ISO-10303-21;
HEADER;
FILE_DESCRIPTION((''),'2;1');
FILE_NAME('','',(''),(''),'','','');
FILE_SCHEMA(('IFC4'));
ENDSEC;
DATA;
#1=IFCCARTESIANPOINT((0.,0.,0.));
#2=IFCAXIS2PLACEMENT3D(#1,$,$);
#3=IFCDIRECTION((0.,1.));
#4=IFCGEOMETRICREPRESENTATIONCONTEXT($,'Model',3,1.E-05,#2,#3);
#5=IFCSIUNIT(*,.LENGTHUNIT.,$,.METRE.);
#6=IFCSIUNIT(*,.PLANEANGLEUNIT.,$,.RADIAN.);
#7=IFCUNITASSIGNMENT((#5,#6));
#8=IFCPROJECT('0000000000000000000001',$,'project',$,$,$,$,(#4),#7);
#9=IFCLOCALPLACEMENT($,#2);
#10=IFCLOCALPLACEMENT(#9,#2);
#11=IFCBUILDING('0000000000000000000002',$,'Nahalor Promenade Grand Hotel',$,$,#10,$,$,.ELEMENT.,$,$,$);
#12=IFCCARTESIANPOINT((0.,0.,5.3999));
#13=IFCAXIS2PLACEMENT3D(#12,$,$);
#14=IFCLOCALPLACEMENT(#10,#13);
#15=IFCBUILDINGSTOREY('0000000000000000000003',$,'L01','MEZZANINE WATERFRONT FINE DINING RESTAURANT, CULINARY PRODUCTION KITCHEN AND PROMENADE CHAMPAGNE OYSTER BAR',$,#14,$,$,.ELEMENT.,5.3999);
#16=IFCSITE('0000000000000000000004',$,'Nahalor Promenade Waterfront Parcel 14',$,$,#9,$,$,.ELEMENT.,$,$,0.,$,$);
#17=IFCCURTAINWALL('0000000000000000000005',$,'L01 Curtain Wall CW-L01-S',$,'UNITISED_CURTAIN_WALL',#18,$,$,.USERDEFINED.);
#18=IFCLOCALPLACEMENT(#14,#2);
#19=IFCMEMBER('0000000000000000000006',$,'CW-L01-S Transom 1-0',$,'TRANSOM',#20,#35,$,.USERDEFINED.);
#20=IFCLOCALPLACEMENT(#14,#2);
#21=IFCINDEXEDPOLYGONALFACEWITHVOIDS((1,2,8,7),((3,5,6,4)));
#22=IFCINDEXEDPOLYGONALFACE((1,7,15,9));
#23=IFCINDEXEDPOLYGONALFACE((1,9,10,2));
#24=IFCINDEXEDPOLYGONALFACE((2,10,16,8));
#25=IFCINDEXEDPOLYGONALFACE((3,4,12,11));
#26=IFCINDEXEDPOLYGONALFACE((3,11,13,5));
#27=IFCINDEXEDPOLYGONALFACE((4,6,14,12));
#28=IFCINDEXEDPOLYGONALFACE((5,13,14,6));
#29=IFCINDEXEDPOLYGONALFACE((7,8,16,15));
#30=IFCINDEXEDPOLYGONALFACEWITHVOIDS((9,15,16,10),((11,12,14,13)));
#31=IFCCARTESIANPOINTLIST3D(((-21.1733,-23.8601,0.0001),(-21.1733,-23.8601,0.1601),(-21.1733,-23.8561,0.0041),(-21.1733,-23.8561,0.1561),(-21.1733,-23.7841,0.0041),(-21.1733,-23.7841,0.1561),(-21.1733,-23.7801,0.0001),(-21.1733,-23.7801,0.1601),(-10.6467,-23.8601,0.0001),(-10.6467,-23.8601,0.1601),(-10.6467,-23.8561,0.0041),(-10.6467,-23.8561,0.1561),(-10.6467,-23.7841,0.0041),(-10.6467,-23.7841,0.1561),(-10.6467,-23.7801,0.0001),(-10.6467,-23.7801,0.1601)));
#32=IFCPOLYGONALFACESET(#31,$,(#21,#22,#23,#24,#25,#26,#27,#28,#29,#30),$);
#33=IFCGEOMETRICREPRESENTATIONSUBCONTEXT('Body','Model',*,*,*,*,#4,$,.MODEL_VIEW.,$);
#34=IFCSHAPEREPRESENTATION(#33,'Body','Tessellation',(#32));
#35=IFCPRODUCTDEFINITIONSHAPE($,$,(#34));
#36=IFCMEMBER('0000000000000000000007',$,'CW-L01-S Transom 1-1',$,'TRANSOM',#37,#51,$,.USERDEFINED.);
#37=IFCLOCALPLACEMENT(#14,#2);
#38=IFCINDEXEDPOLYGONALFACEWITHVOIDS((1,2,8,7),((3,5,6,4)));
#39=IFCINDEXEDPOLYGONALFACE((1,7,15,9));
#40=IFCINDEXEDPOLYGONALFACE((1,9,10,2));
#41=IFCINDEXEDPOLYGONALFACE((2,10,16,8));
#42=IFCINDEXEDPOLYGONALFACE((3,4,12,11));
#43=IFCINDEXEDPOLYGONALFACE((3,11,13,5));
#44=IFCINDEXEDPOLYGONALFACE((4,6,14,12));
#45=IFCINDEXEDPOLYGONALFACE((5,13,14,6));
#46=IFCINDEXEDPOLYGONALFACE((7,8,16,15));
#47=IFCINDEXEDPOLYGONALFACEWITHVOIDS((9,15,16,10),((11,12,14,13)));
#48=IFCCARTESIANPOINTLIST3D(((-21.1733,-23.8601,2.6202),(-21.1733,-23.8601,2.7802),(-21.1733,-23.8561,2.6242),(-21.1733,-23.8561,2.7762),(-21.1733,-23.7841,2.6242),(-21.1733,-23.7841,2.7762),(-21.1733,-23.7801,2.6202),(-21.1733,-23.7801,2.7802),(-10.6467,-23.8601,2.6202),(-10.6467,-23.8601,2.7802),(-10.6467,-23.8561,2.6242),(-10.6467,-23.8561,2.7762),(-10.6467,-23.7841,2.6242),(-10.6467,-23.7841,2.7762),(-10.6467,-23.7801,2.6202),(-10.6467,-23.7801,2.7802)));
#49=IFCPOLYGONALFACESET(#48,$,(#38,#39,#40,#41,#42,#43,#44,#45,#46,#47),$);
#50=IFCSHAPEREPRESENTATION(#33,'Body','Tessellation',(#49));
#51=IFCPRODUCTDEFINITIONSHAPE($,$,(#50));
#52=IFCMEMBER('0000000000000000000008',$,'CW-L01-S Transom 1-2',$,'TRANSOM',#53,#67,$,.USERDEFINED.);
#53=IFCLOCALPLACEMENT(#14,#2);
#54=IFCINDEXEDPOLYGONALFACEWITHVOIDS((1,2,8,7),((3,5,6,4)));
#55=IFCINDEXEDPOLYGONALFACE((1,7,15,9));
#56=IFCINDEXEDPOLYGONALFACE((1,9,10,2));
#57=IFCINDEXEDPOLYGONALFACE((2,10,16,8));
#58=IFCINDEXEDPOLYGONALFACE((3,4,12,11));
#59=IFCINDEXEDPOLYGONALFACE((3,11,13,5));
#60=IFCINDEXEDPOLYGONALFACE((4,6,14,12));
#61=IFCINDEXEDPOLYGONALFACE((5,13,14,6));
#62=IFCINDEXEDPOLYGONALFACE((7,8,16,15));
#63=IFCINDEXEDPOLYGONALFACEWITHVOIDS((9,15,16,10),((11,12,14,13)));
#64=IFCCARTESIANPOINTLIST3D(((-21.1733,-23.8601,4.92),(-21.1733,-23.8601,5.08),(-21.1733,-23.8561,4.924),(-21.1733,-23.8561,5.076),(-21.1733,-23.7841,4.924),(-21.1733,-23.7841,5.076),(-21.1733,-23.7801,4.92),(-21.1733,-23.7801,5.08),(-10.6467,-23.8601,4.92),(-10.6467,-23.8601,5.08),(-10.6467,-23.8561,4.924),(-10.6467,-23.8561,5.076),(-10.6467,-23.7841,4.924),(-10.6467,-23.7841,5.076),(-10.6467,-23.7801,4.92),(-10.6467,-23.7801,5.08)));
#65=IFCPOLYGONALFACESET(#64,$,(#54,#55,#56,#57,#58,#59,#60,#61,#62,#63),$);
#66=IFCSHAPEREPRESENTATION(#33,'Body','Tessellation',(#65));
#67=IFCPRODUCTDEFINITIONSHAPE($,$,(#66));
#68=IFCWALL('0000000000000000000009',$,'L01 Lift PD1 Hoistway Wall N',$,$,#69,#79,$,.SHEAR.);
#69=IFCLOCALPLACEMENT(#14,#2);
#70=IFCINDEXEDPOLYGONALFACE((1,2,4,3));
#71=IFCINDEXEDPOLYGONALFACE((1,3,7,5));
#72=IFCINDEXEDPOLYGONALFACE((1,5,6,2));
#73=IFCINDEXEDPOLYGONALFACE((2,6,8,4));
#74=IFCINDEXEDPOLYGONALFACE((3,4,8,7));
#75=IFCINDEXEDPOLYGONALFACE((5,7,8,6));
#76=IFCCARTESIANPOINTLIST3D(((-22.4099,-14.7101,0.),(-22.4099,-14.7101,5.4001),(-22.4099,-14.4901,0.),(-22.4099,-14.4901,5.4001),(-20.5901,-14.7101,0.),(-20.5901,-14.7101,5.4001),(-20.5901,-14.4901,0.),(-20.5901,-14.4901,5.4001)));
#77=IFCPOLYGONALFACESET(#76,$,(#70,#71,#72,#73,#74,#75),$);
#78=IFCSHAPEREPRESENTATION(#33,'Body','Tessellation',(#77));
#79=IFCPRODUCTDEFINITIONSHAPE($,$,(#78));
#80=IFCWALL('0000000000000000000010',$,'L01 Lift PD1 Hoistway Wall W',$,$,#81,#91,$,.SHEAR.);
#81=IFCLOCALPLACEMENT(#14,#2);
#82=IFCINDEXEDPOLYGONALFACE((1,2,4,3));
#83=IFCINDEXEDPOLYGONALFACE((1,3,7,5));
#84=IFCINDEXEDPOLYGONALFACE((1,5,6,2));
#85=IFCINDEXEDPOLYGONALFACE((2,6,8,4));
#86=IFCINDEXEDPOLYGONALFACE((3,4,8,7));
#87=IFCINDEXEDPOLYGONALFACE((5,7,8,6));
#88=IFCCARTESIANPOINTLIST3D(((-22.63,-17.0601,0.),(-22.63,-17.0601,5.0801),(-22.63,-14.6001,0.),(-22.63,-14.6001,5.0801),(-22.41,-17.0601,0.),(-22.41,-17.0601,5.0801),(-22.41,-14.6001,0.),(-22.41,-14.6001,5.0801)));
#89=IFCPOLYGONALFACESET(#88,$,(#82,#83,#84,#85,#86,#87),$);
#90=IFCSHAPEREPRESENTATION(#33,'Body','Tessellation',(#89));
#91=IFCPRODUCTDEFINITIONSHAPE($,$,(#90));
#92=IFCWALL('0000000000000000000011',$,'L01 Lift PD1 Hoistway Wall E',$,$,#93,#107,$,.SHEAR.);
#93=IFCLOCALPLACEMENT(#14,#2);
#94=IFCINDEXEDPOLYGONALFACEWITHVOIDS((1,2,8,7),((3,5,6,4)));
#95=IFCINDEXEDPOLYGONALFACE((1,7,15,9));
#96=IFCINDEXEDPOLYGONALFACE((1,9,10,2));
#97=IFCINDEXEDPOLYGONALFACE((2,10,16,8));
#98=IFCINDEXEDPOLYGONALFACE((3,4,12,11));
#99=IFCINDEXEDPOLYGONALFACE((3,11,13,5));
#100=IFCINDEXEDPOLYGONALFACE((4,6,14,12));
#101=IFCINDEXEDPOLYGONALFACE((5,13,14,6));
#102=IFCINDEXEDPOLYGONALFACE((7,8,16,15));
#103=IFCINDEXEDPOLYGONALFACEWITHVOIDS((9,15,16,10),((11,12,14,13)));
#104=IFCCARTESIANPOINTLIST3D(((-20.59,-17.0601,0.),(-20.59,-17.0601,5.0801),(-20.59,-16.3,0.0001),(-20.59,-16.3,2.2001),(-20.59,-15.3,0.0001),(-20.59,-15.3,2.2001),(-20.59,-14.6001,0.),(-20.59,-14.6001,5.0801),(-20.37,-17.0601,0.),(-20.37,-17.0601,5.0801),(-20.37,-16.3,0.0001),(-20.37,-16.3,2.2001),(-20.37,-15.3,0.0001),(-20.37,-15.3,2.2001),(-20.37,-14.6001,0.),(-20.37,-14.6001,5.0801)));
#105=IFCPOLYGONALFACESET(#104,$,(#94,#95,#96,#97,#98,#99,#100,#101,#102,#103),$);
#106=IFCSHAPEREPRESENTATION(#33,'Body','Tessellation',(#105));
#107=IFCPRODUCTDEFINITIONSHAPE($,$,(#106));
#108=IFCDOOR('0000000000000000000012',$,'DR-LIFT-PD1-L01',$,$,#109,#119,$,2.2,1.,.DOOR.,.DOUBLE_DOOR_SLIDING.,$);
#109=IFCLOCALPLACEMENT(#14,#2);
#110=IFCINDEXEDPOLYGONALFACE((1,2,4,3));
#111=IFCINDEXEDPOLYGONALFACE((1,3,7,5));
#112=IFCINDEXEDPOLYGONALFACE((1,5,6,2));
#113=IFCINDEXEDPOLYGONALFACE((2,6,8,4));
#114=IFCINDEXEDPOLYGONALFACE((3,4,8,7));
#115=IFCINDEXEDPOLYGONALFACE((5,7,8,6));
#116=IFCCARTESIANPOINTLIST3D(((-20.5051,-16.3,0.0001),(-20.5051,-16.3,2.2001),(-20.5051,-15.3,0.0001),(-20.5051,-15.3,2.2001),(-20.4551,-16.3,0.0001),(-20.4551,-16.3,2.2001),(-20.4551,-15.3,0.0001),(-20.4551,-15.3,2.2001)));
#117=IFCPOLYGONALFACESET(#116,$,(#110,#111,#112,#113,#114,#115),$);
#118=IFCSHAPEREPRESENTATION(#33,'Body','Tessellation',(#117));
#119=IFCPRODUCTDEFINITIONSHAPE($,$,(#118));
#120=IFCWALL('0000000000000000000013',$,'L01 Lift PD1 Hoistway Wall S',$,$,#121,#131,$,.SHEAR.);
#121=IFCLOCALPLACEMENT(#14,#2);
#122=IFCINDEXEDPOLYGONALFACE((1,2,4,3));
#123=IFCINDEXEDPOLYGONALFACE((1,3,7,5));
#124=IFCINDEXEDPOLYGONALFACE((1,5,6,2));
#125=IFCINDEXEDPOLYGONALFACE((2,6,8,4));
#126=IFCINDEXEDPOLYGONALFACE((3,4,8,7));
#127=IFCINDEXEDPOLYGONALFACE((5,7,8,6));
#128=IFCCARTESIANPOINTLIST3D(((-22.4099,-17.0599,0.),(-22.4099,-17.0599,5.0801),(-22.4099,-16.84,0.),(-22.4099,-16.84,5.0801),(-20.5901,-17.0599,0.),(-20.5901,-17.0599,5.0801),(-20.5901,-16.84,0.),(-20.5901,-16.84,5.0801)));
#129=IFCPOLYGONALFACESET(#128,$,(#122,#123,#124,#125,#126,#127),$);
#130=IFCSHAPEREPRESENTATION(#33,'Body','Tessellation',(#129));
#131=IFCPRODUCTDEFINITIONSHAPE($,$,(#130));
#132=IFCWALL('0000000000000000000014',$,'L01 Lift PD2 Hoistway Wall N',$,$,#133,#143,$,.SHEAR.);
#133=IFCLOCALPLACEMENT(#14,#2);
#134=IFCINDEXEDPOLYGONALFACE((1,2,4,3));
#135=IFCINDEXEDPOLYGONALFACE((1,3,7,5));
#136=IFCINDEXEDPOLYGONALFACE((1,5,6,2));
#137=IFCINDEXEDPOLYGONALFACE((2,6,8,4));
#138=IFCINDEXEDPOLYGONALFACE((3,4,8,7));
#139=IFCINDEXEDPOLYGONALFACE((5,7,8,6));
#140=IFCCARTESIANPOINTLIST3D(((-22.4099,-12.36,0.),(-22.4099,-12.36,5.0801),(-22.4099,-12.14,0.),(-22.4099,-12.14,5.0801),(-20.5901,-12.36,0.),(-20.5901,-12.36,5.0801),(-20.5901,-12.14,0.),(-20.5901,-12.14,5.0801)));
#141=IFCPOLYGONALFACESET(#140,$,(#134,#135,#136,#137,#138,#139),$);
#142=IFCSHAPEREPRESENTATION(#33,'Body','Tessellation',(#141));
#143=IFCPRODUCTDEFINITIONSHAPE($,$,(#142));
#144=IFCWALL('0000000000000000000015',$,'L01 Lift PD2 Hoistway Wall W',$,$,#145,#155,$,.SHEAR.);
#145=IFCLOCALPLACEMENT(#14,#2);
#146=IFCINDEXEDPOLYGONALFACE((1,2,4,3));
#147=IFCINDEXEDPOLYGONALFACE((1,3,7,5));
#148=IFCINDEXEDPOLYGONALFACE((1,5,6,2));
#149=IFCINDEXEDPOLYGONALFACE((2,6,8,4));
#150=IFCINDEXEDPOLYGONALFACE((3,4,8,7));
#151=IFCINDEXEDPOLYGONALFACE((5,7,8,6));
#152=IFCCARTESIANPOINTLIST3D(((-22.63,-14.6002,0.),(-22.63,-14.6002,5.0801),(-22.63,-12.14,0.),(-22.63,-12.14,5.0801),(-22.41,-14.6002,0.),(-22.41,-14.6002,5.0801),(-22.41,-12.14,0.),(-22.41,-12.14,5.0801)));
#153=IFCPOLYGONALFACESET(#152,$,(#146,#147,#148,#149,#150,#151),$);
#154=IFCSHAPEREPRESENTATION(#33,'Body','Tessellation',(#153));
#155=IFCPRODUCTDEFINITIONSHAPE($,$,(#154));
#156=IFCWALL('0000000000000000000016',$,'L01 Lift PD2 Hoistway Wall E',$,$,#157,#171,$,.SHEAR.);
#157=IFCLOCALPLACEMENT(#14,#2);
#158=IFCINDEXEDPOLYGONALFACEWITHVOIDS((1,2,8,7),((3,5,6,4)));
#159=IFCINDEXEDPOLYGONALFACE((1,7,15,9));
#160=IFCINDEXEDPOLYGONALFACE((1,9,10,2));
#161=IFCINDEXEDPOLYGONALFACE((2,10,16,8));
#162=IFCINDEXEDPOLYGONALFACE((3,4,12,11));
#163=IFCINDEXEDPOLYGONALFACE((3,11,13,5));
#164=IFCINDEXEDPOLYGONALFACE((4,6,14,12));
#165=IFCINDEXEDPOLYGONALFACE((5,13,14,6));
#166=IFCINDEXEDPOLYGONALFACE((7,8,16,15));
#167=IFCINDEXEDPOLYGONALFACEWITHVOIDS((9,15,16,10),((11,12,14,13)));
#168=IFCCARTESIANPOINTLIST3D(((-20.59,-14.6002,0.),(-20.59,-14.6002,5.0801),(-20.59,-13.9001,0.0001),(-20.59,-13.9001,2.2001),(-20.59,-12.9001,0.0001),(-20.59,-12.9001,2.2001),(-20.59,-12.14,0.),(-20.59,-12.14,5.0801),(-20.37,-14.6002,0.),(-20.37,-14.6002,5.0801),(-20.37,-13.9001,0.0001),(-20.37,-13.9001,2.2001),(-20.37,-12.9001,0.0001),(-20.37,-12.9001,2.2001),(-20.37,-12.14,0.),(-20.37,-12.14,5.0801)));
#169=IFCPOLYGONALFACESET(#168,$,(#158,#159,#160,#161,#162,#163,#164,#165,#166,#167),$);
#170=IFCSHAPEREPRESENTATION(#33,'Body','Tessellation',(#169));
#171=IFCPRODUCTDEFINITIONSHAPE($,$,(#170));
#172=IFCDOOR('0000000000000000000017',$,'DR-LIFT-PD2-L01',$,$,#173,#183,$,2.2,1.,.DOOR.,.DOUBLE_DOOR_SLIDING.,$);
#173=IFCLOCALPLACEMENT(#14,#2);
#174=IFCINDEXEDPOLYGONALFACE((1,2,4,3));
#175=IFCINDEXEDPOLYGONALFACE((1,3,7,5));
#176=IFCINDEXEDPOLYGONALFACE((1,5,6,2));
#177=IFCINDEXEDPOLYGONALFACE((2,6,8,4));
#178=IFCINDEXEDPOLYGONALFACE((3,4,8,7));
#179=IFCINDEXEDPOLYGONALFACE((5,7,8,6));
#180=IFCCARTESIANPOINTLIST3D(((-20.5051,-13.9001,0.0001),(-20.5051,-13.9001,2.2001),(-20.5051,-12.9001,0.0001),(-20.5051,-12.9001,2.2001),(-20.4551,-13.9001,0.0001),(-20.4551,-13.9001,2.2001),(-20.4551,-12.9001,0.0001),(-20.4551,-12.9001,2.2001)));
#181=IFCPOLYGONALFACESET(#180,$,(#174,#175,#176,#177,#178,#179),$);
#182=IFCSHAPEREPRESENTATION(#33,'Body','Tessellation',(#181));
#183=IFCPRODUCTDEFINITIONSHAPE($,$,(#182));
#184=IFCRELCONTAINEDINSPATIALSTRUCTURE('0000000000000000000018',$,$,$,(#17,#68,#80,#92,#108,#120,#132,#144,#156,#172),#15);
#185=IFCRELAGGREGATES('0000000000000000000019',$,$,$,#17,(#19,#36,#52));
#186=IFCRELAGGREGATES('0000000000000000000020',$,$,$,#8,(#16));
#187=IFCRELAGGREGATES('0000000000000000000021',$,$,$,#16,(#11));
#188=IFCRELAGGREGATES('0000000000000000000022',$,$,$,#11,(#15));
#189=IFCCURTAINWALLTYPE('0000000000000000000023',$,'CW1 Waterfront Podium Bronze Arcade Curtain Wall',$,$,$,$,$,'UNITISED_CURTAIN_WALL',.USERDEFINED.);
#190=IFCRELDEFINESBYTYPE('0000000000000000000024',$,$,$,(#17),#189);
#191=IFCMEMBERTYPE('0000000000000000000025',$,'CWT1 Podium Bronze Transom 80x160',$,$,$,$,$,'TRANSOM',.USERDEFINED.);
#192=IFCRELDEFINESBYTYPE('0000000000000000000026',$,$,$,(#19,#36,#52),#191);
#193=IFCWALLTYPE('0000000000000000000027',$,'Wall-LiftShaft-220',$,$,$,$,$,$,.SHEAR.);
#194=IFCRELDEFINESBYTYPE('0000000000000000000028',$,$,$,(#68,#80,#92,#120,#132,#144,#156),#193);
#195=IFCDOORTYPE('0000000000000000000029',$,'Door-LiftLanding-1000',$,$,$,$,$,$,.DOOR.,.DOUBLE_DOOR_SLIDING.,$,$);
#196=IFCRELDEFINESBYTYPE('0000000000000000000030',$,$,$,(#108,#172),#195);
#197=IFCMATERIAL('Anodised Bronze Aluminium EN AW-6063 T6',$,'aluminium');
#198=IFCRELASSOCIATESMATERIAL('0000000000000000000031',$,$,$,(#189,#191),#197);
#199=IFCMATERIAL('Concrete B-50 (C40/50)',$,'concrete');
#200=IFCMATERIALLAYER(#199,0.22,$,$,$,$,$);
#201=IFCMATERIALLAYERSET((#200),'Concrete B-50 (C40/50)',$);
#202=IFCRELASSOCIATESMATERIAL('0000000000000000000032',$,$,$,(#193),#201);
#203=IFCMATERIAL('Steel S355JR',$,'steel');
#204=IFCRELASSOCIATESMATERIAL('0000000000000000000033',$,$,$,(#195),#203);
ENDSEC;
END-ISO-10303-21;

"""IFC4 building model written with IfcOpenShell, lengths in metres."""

from ifc_helpers import new_model, si_unit, direction, frame, frame_2d, origin, origin_2d, place, context, subcontext, project, spatial, rectangle, hollow_rectangle, extrude, source, transform, mapped, material, layer, layer_set, material_profile, profile_set, type_object, element, fill, aggregate, save


model = new_model("IFC4")

# Units and contexts
model_context = context("Model", 3, precision=1e-05, world=origin(), true_north=direction((0.0, 1.0)))
body_context = subcontext(model_context, "Body", "Model", "MODEL_VIEW")
ifc_project = project(units=[si_unit("LENGTHUNIT", "METRE"), si_unit("PLANEANGLEUNIT", "RADIAN")], contexts=[model_context])

# Site, building, storey
site_placement = place(None, origin())
site = spatial("IfcSite", under=ifc_project, at=site_placement, Name="Nahalor Promenade Waterfront Parcel 14", CompositionType="ELEMENT", RefElevation=0.0)
building_placement = place(site_placement, origin())
building = spatial("IfcBuilding", under=site, at=building_placement, Name="Nahalor Promenade Grand Hotel", CompositionType="ELEMENT")
storey_placement = place(building_placement, frame((0.0, 0.0, 5.3999)))
storey = spatial("IfcBuildingStorey", under=building, at=storey_placement, Name="L01", Description="MEZZANINE WATERFRONT FINE DINING RESTAURANT, CULINARY PRODUCTION KITCHEN AND PROMENADE CHAMPAGNE OYSTER BAR", CompositionType="ELEMENT", Elevation=5.3999)

# Shared definitions
ifc_material_1 = material(Name="Steel S355JR", Category="steel")

# Curtain wall, members
ifc_material_2 = material(Name="Anodised Bronze Aluminium EN AW-6063 T6", Category="aluminium")
curtain_wall_type = type_object("IfcCurtainWallType", Name="CW1 Waterfront Podium Bronze Arcade Curtain Wall", ElementType="UNITISED_CURTAIN_WALL", PredefinedType="USERDEFINED", material=ifc_material_2)
curtain_wall_placement = place(storey_placement, origin())
curtain_wall = element("IfcCurtainWall", 1, at=curtain_wall_placement, inside=storey, type_object=curtain_wall_type, Name="L01 Curtain Wall CW-L01-S", ObjectType="UNITISED_CURTAIN_WALL", PredefinedType="USERDEFINED")
ifc_material_profile_1 = material_profile(ifc_material_2, hollow_rectangle(XDim=0.08, YDim=0.16, WallThickness=0.004, at=origin_2d()), Name="CWT 80x160x4")
ifc_profile_set_1 = profile_set([ifc_material_profile_1], Name="Anodised Bronze Aluminium EN AW-6063 T6")
member_type_1 = type_object("IfcMemberType", Name="CWT1 Podium Bronze Transom 80x160", ElementType="TRANSOM", PredefinedType="USERDEFINED", material=ifc_profile_set_1)
shared_shape_1 = source(origin(), body_context, "Body", "SweptSolid", [
    extrude(hollow_rectangle(XDim=0.08, YDim=0.16, WallThickness=0.004, at=origin_2d()), origin(), (0.0, 0.0, 1.0), 10.5266),
])
member_1_placement = place(storey_placement, frame((-21.1733, -23.8201, 0.0801), z_axis=(1.0, 0.0, 0.0), x_axis=(0.0, 1.0, 0.0)))
member_1 = element("IfcMember", 2, at=member_1_placement, type_object=member_type_1, Name="CW-L01-S Transom 1-0", ObjectType="TRANSOM", PredefinedType="USERDEFINED", context=body_context, shape_type="MappedRepresentation", body=[
    mapped(shared_shape_1, transform((0.0, 0.0, 0.0), scale=1.0)),
])
member_2_placement = place(storey_placement, frame((-21.1733, -23.8201, 2.7002), z_axis=(1.0, 0.0, 0.0), x_axis=(0.0, 1.0, 0.0)))
member_2 = element("IfcMember", 3, at=member_2_placement, type_object=member_type_1, Name="CW-L01-S Transom 1-1", ObjectType="TRANSOM", PredefinedType="USERDEFINED", context=body_context, shape_type="MappedRepresentation", body=[
    mapped(shared_shape_1, transform((0.0, 0.0, 0.0), scale=1.0)),
])
member_3_placement = place(storey_placement, frame((-21.1733, -23.8201, 5.0), z_axis=(1.0, 0.0, 0.0), x_axis=(0.0, 1.0, 0.0)))
member_3 = element("IfcMember", 4, at=member_3_placement, type_object=member_type_1, Name="CW-L01-S Transom 1-2", ObjectType="TRANSOM", PredefinedType="USERDEFINED", context=body_context, shape_type="MappedRepresentation", body=[
    mapped(shared_shape_1, transform((0.0, 0.0, 0.0), scale=1.0)),
])
aggregate(curtain_wall, [member_1, member_2, member_3])

# Walls
ifc_material_3 = material(Name="Concrete B-50 (C40/50)", Category="concrete")
ifc_layer_1 = layer(ifc_material_3, 0.22)
ifc_layer_set_1 = layer_set([ifc_layer_1], Name="Concrete B-50 (C40/50)")
wall_type_1 = type_object("IfcWallType", Name="Wall-LiftShaft-220", PredefinedType="SHEAR", material=ifc_layer_set_1)
shared_shape_2 = source(origin(), body_context, "Body", "SweptSolid", [
    extrude(rectangle(XDim=1.8198, YDim=0.22, at=frame_2d((0.9099, 0.0))), origin(), (0.0, 0.0, 1.0), 5.4001),
])
wall_1_placement = place(storey_placement, frame((-22.4099, -14.6001, 0.0), z_axis=(0.0, 0.0, 1.0), x_axis=(1.0, 0.0, 0.0)))
element("IfcWall", 5, at=wall_1_placement, inside=storey, type_object=wall_type_1, Name="L01 Lift PD1 Hoistway Wall N", PredefinedType="SHEAR", context=body_context, shape_type="MappedRepresentation", body=[
    mapped(shared_shape_2, transform((0.0, 0.0, 0.0), scale=1.0)),
])
shared_shape_3 = source(origin(), body_context, "Body", "SweptSolid", [
    extrude(rectangle(XDim=2.46, YDim=0.22, at=frame_2d((1.23, 0.0))), origin(), (0.0, 0.0, 1.0), 5.0801),
])
wall_2_placement = place(storey_placement, frame((-22.52, -17.0601, 0.0), z_axis=(0.0, 0.0, 1.0), x_axis=(0.0, 1.0, 0.0)))
element("IfcWall", 6, at=wall_2_placement, inside=storey, type_object=wall_type_1, Name="L01 Lift PD1 Hoistway Wall W", PredefinedType="SHEAR", context=body_context, shape_type="MappedRepresentation", body=[
    mapped(shared_shape_3, transform((0.0, 0.0, 0.0), scale=1.0)),
])

# Wall, opening, door
wall_3_placement = place(storey_placement, frame((-20.48, -17.0601, 0.0), z_axis=(0.0, 0.0, 1.0), x_axis=(0.0, 1.0, 0.0)))
wall_3 = element("IfcWall", 7, at=wall_3_placement, inside=storey, type_object=wall_type_1, Name="L01 Lift PD1 Hoistway Wall E", PredefinedType="SHEAR", context=body_context, shape_type="MappedRepresentation", body=[
    mapped(shared_shape_3, transform((0.0, 0.0, 0.0), scale=1.0)),
])
opening_1_placement = place(wall_3_placement, frame((0.76, 0.0, 0.0)))
opening_1 = element("IfcOpeningElement", 8, at=opening_1_placement, cuts=wall_3, PredefinedType="OPENING", context=body_context, shape_type="SweptSolid", body=[
    extrude(rectangle(XDim=1.0, YDim=2.2, at=frame_2d((0.5, 1.1001))), frame((0.0, 0.1199, 0.0), z_axis=(0.0, -1.0, 0.0), x_axis=(1.0, 0.0, 0.0)), (0.0, 0.0, 1.0), 0.24),
])
door_type_1 = type_object("IfcDoorType", Name="Door-LiftLanding-1000", OperationType="DOUBLE_DOOR_SLIDING", PredefinedType="DOOR", material=ifc_material_1)
shared_shape_4 = source(origin(), body_context, "Body", "SweptSolid", [
    extrude(rectangle(XDim=1.0, YDim=2.2, at=frame_2d((0.5, 1.1001))), frame((0.0, 0.0249, 0.0), z_axis=(0.0, -1.0, 0.0), x_axis=(1.0, 0.0, 0.0)), (0.0, 0.0, 1.0), 0.05),
])
door_1_placement = place(opening_1_placement, frame((1.0, 0.0, 0.0), z_axis=(0.0, 0.0, 1.0), x_axis=(-1.0, 0.0, 0.0)))
door_1 = element("IfcDoor", 9, at=door_1_placement, inside=storey, type_object=door_type_1, Name="DR-LIFT-PD1-L01", OperationType="DOUBLE_DOOR_SLIDING", OverallHeight=2.2, OverallWidth=1.0, PredefinedType="DOOR", context=body_context, shape_type="MappedRepresentation", body=[
    mapped(shared_shape_4, transform((0.0, 0.0, 0.0), scale=1.0)),
])
fill(opening_1, door_1)

# Walls
shared_shape_5 = source(origin(), body_context, "Body", "SweptSolid", [
    extrude(rectangle(XDim=1.8198, YDim=0.22, at=frame_2d((0.9099, 0.0))), origin(), (0.0, 0.0, 1.0), 5.0801),
])
for number, where, z_axis, x_axis, name in (
    (10, (-22.4099, -16.95, 0.0), (0.0, 0.0, 1.0), (1.0, 0.0, 0.0), "L01 Lift PD1 Hoistway Wall S"),
    (11, (-22.4099, -12.25, 0.0), (0.0, 0.0, 1.0), (1.0, 0.0, 0.0), "L01 Lift PD2 Hoistway Wall N"),
):
    element("IfcWall", number, at=place(storey_placement, frame(where, z_axis=z_axis, x_axis=x_axis)), inside=storey, type_object=wall_type_1, Name=name, PredefinedType="SHEAR", context=body_context, shape_type="MappedRepresentation", body=[
        mapped(shared_shape_5, transform((0.0, 0.0, 0.0), scale=1.0)),
    ])
shared_shape_6 = source(origin(), body_context, "Body", "SweptSolid", [
    extrude(rectangle(XDim=2.4602, YDim=0.22, at=frame_2d((1.23, 0.0))), origin(), (0.0, 0.0, 1.0), 5.0801),
])
wall_4_placement = place(storey_placement, frame((-22.52, -14.6001, 0.0), z_axis=(0.0, 0.0, 1.0), x_axis=(0.0, 1.0, 0.0)))
element("IfcWall", 12, at=wall_4_placement, inside=storey, type_object=wall_type_1, Name="L01 Lift PD2 Hoistway Wall W", PredefinedType="SHEAR", context=body_context, shape_type="MappedRepresentation", body=[
    mapped(shared_shape_6, transform((0.0, 0.0, 0.0), scale=1.0)),
])

# Wall, opening, door
wall_5_placement = place(storey_placement, frame((-20.48, -14.6001, 0.0), z_axis=(0.0, 0.0, 1.0), x_axis=(0.0, 1.0, 0.0)))
wall_5 = element("IfcWall", 13, at=wall_5_placement, inside=storey, type_object=wall_type_1, Name="L01 Lift PD2 Hoistway Wall E", PredefinedType="SHEAR", context=body_context, shape_type="MappedRepresentation", body=[
    mapped(shared_shape_6, transform((0.0, 0.0, 0.0), scale=1.0)),
])
opening_2_placement = place(wall_5_placement, frame((0.7, 0.0, 0.0)))
opening_2 = element("IfcOpeningElement", 14, at=opening_2_placement, cuts=wall_5, PredefinedType="OPENING", context=body_context, shape_type="SweptSolid", body=[
    extrude(rectangle(XDim=1.0, YDim=2.2, at=frame_2d((0.5, 1.1001))), frame((0.0, 0.1199, 0.0), z_axis=(0.0, -1.0, 0.0), x_axis=(1.0, 0.0, 0.0)), (0.0, 0.0, 1.0), 0.24),
])
door_2_placement = place(opening_2_placement, frame((1.0, 0.0, 0.0), z_axis=(0.0, 0.0, 1.0), x_axis=(-1.0, 0.0, 0.0)))
door_2 = element("IfcDoor", 15, at=door_2_placement, inside=storey, type_object=door_type_1, Name="DR-LIFT-PD2-L01", OperationType="DOUBLE_DOOR_SLIDING", OverallHeight=2.2, OverallWidth=1.0, PredefinedType="DOOR", context=body_context, shape_type="MappedRepresentation", body=[
    mapped(shared_shape_4, transform((0.0, 0.0, 0.0), scale=1.0)),
])
fill(opening_2, door_2)

save(model, "model.ifc")
